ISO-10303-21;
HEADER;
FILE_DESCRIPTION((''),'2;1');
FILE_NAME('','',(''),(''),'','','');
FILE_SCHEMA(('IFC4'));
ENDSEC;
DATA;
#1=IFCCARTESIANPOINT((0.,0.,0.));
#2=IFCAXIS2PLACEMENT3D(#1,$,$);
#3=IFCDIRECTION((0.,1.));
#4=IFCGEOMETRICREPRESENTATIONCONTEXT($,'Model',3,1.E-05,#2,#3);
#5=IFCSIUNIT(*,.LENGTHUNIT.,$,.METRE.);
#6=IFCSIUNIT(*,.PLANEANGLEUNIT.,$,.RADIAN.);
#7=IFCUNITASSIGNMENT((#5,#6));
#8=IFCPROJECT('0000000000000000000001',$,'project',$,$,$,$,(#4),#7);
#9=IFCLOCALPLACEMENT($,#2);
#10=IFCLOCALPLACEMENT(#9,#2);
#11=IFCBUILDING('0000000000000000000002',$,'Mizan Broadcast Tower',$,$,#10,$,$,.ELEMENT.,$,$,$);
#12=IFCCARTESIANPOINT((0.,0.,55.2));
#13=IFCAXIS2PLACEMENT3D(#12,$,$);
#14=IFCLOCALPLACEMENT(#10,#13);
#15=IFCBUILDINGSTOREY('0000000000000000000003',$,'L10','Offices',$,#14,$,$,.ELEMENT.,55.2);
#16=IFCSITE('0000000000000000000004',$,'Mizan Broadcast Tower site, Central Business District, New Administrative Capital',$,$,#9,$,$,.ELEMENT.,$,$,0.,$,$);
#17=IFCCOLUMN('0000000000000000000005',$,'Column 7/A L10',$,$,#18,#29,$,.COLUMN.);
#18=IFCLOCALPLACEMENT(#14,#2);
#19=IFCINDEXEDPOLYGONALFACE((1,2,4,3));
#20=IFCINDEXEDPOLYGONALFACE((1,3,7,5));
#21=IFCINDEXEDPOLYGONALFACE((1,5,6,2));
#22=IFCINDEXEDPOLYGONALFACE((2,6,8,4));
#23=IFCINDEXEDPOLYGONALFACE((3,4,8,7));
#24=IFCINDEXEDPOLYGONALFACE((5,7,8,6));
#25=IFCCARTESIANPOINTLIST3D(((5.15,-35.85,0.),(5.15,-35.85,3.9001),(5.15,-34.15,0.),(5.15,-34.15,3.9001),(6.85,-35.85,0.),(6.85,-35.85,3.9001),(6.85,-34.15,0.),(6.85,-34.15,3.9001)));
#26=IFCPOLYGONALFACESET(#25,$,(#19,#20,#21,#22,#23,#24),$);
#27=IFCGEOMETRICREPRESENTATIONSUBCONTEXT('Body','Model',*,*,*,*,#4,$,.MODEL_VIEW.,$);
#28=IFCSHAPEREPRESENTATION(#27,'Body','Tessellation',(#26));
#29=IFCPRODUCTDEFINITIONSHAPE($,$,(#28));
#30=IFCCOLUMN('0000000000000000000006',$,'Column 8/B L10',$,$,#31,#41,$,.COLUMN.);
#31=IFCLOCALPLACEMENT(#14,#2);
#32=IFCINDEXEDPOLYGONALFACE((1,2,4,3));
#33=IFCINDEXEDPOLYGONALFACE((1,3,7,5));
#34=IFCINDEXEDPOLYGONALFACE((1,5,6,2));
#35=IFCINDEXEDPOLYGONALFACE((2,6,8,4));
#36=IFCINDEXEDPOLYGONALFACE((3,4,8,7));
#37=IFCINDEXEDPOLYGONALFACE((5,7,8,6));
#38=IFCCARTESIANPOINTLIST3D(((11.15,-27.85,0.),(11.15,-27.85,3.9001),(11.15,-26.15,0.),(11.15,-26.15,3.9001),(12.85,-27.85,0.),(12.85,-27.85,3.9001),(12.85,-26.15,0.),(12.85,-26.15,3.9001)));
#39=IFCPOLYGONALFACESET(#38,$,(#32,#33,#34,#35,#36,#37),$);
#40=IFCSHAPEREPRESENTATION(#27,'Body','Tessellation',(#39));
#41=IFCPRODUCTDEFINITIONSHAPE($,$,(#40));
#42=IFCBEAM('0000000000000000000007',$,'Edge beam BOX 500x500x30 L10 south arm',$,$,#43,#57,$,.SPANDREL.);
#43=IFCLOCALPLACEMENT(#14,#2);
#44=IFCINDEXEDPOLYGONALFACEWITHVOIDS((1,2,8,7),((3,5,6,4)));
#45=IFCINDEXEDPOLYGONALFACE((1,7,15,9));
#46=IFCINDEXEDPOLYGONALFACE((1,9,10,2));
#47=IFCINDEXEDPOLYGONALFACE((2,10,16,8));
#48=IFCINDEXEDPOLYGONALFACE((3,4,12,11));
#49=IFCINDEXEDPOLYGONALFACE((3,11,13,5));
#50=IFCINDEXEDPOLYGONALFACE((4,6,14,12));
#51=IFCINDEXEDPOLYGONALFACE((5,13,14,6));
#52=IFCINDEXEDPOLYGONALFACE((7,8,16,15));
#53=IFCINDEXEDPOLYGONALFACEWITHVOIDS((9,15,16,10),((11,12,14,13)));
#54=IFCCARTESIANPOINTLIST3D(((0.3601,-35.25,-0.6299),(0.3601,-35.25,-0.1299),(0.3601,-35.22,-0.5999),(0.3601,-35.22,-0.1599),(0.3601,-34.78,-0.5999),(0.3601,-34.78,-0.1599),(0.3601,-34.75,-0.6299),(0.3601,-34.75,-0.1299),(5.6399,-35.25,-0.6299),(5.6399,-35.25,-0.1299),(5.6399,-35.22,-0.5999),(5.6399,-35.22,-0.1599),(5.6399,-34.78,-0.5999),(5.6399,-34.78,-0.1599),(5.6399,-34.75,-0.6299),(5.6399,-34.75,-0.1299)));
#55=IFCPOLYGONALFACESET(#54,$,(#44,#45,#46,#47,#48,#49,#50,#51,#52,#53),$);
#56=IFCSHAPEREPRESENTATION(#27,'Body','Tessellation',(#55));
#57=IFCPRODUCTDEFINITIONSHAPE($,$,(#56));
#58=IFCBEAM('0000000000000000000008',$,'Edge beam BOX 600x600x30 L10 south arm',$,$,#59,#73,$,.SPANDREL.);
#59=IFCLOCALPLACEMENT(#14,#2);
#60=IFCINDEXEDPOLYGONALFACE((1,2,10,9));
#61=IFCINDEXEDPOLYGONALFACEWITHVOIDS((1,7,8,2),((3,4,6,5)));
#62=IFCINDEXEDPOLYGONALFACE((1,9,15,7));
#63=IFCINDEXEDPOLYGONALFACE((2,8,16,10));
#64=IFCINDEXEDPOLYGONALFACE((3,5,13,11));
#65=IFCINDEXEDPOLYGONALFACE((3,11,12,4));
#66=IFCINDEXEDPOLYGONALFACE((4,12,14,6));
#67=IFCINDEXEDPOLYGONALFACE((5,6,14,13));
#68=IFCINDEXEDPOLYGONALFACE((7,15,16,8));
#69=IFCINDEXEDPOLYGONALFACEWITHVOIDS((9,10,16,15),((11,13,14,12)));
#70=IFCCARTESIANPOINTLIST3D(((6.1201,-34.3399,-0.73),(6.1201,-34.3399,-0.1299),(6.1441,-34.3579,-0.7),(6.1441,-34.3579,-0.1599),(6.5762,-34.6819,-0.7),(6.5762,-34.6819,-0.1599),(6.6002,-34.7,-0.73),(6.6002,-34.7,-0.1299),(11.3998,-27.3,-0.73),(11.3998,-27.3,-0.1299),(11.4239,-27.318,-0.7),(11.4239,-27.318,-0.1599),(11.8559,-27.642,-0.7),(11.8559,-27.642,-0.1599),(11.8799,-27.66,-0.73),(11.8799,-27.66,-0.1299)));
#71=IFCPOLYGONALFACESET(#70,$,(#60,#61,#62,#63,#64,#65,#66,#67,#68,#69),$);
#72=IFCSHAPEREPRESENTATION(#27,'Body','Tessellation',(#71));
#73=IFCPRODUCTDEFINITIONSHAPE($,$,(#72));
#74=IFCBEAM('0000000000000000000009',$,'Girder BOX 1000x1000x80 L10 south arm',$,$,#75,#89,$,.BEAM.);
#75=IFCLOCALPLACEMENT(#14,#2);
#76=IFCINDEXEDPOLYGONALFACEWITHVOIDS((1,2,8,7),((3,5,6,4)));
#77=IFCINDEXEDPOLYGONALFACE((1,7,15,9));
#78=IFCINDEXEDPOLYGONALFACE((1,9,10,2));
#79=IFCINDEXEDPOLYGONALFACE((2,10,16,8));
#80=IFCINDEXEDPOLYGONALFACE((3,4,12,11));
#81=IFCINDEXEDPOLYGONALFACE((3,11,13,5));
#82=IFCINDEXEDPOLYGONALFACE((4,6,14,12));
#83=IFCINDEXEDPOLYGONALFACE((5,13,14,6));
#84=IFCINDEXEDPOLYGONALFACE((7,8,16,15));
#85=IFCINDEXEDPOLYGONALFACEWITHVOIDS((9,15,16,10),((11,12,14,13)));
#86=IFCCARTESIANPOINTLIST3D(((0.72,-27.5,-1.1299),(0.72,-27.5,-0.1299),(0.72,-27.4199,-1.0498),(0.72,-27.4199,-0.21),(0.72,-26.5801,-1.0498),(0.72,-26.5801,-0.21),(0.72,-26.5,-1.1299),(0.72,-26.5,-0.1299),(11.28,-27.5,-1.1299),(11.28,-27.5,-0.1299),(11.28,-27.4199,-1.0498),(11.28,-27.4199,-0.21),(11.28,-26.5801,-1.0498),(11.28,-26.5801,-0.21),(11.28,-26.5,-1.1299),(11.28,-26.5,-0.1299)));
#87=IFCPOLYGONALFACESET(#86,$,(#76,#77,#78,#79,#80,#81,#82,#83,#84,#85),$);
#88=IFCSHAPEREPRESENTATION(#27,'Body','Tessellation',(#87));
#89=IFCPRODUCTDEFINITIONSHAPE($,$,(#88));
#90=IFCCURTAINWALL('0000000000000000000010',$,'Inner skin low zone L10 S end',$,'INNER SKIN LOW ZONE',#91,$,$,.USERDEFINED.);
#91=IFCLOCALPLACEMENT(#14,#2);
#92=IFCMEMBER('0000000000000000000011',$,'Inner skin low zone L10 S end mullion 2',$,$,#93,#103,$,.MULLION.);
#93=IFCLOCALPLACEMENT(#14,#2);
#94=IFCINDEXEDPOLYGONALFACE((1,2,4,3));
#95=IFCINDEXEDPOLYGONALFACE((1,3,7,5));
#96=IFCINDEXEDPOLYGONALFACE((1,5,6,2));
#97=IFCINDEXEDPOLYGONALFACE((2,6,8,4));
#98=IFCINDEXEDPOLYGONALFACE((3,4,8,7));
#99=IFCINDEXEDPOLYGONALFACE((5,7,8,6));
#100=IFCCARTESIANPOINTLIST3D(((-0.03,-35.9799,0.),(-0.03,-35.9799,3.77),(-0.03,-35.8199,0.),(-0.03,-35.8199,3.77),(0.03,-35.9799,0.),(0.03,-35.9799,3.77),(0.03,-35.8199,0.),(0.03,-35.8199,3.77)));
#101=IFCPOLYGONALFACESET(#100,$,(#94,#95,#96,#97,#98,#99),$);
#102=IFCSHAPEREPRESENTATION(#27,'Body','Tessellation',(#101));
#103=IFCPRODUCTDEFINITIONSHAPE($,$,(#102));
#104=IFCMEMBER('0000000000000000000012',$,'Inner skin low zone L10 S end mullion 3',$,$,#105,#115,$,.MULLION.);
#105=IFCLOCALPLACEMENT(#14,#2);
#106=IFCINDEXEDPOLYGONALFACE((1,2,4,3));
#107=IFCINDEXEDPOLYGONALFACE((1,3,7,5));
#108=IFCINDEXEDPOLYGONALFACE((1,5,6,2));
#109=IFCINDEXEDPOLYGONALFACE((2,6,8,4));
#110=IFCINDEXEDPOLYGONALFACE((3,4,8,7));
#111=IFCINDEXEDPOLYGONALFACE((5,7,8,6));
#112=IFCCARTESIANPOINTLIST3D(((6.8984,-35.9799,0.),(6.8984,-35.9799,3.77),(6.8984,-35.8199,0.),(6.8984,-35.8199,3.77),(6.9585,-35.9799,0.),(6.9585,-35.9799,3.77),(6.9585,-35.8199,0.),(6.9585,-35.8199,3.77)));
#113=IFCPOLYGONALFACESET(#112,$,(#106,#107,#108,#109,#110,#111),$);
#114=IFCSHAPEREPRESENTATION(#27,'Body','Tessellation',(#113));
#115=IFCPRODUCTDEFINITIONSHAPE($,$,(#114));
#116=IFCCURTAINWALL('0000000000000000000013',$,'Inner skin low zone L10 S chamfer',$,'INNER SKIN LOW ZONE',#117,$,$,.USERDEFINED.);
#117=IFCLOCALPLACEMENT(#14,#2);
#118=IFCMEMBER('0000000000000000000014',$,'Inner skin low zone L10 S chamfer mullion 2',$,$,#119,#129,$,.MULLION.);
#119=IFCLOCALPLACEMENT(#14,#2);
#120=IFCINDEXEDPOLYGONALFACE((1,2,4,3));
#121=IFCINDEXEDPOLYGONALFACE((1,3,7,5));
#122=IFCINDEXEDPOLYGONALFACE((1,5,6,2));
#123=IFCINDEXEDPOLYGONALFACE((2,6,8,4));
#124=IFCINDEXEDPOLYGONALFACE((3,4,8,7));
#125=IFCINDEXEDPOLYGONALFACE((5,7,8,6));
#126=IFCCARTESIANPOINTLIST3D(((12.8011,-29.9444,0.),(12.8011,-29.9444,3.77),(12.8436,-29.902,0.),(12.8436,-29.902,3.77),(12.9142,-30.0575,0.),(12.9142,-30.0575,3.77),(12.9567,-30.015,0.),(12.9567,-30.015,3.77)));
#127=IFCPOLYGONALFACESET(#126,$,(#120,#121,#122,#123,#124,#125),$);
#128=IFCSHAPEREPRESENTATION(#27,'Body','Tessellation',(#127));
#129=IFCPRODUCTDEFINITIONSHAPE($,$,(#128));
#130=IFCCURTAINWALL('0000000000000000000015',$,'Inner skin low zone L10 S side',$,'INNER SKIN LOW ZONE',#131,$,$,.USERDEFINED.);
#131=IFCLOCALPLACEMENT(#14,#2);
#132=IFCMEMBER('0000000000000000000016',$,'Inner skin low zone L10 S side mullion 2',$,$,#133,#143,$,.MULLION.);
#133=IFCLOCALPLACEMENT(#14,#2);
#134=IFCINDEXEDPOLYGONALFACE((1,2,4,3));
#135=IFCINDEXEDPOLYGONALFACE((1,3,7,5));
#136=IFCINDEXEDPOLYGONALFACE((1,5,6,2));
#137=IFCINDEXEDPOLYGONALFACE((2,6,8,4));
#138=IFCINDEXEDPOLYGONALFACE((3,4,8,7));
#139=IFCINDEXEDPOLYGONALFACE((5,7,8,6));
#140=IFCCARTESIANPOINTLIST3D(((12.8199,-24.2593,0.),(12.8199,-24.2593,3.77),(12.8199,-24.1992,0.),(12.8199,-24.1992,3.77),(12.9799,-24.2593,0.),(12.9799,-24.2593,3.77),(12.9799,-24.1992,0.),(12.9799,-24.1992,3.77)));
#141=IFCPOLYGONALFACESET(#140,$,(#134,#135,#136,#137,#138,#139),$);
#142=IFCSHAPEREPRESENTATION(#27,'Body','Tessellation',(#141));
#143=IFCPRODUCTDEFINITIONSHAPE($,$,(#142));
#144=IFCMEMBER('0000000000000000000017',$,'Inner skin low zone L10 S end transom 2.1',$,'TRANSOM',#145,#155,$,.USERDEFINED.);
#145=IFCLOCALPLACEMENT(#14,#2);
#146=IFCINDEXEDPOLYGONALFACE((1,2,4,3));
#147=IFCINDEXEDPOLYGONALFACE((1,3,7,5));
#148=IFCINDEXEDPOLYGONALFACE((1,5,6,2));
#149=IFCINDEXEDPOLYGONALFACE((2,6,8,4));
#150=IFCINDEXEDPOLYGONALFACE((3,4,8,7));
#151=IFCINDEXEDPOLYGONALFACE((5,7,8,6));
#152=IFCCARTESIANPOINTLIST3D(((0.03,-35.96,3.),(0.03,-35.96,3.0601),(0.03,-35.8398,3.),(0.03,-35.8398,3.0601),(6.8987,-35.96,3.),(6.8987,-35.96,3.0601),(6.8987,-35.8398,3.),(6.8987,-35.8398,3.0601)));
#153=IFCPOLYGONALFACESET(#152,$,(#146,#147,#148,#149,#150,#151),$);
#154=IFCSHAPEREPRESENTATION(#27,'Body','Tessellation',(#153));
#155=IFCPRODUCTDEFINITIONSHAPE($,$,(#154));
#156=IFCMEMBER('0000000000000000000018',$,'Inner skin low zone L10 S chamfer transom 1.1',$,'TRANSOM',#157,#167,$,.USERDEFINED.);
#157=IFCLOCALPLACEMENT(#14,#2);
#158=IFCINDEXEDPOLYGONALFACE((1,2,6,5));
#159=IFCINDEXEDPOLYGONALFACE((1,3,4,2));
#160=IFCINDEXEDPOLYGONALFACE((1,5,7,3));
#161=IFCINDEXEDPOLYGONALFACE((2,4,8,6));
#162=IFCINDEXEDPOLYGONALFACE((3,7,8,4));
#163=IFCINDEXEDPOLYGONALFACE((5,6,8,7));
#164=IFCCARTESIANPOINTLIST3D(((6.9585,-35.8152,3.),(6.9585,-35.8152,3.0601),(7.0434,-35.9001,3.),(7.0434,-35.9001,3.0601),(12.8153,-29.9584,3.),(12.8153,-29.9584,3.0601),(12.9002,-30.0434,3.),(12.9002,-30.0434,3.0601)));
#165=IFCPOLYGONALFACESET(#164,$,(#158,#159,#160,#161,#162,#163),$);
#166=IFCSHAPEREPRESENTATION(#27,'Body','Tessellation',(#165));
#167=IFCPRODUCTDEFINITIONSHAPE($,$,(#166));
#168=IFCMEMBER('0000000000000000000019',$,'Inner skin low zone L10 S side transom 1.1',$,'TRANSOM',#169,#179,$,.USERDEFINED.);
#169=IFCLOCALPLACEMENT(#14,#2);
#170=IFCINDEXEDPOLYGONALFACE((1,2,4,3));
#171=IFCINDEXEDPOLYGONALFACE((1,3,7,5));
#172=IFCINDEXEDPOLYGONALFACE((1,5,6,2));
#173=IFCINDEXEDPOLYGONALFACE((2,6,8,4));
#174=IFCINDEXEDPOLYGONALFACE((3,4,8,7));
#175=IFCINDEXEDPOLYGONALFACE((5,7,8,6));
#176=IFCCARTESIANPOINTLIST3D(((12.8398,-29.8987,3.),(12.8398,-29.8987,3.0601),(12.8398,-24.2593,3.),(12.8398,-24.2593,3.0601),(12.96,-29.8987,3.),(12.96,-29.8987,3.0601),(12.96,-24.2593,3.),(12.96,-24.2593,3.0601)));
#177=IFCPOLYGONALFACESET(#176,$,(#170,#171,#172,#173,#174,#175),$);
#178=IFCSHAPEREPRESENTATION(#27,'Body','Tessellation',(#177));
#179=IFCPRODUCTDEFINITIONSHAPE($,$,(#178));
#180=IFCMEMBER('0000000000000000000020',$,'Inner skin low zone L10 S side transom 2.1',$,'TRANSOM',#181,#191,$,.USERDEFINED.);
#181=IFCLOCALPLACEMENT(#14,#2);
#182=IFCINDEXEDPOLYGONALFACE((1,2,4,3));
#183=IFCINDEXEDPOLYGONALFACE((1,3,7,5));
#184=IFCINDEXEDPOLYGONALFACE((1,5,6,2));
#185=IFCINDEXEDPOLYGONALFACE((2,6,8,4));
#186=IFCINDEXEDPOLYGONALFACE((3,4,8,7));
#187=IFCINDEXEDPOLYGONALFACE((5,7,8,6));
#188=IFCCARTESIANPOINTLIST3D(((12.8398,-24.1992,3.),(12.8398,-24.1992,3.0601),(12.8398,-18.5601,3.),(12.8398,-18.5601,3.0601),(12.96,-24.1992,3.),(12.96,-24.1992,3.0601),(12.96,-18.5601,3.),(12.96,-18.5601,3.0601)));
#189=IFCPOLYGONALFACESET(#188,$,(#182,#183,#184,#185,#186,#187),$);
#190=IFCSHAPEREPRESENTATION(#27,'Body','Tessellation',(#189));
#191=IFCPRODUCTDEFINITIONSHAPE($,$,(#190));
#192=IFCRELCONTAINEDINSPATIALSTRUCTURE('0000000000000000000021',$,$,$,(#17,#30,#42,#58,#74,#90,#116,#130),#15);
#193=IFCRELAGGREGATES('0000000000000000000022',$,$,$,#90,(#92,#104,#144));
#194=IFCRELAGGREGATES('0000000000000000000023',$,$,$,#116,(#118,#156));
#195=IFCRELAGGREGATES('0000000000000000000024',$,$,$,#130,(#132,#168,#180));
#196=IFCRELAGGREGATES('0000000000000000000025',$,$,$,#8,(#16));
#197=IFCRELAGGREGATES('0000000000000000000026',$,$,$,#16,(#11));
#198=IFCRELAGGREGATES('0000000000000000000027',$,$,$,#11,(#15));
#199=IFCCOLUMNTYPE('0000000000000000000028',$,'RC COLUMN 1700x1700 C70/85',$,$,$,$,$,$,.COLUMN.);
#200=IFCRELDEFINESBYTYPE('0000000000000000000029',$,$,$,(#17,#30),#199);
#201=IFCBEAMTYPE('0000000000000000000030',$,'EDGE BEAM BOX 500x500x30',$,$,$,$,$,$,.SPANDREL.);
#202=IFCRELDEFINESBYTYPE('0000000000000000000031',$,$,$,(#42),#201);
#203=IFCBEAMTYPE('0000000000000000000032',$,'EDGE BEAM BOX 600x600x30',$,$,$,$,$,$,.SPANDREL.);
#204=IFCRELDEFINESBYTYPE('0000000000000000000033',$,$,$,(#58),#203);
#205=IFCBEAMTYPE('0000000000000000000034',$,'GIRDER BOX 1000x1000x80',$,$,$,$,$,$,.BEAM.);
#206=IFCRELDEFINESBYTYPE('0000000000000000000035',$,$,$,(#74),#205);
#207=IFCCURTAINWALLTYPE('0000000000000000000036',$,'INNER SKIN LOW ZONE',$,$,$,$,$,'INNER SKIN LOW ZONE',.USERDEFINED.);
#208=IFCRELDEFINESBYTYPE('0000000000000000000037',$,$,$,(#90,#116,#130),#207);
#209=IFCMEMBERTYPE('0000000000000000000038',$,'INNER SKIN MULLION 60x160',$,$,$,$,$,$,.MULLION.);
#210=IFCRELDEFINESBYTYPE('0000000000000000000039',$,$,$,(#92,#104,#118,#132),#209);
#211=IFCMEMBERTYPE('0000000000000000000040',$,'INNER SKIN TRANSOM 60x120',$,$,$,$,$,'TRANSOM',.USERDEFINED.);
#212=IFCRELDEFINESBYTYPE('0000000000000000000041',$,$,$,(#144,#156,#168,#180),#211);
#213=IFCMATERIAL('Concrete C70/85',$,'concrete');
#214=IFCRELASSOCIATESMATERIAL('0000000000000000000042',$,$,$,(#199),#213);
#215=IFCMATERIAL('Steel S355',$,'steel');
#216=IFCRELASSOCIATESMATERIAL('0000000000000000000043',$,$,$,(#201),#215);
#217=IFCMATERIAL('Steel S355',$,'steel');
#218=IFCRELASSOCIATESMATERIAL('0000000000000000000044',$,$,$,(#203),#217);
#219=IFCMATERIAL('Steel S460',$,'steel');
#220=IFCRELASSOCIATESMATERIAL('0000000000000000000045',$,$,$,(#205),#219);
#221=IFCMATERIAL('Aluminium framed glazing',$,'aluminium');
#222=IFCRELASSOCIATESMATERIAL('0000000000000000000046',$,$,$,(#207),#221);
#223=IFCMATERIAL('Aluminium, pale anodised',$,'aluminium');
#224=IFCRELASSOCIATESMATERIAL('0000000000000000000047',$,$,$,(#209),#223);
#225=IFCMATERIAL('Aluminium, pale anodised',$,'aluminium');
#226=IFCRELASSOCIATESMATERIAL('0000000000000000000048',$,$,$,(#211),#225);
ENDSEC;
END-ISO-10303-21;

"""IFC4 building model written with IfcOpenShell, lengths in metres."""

from ifc_helpers import new_model, si_unit, direction, frame, origin, origin_2d, place, context, subcontext, project, spatial, rectangle, hollow_rectangle, extrude, material, material_profile, profile_set, type_object, element, aggregate, save


model = new_model("IFC4")

# Units and contexts
model_context = context("Model", 3, precision=1e-05, world=origin(), true_north=direction((0.0, 1.0)))
body_context = subcontext(model_context, "Body", "Model", "MODEL_VIEW")
ifc_project = project(units=[si_unit("LENGTHUNIT", "METRE"), si_unit("PLANEANGLEUNIT", "RADIAN")], contexts=[model_context])

# Site, building, storey
site_placement = place(None, origin())
site = spatial("IfcSite", under=ifc_project, at=site_placement, Name="Mizan Broadcast Tower site, Central Business District, New Administrative Capital", CompositionType="ELEMENT", RefElevation=0.0)
building_placement = place(site_placement, origin())
building = spatial("IfcBuilding", under=site, at=building_placement, Name="Mizan Broadcast Tower", CompositionType="ELEMENT")
storey_placement = place(building_placement, frame((0.0, 0.0, 55.2)))
storey = spatial("IfcBuildingStorey", under=building, at=storey_placement, Name="L10", Description="Offices", CompositionType="ELEMENT", Elevation=55.2)

# Columns
ifc_material_1 = material(Name="Concrete C70/85", Category="concrete")
ifc_material_profile_1 = material_profile(ifc_material_1, rectangle(XDim=1.7, YDim=1.7, at=origin_2d()), Name="RC 1700x1700")
ifc_profile_set_1 = profile_set([ifc_material_profile_1], Name="Concrete C70/85")
column_type = type_object("IfcColumnType", Name="RC COLUMN 1700x1700 C70/85", PredefinedType="COLUMN", material=ifc_profile_set_1)
for number, where, z_axis, x_axis, name in (
    (1, (6.0, -35.0, 0.0), (0.0, 0.0, 1.0), (1.0, 0.0, 0.0), "Column 7/A L10"),
    (2, (12.0, -27.0, 0.0), (0.0, 0.0, 1.0), (1.0, 0.0, 0.0), "Column 8/B L10"),
):
    element("IfcColumn", number, at=place(storey_placement, frame(where, z_axis=z_axis, x_axis=x_axis)), inside=storey, type_object=column_type, Name=name, PredefinedType="COLUMN", context=body_context, shape_type="SweptSolid", body=[
        extrude(rectangle(XDim=1.7, YDim=1.7, at=origin_2d()), origin(), (0.0, 0.0, 1.0), 3.9001),
    ])

# Beams
ifc_material_2 = material(Name="Steel S355", Category="steel")
ifc_material_profile_2 = material_profile(ifc_material_2, hollow_rectangle(XDim=0.5, YDim=0.5, WallThickness=0.03, at=origin_2d()), Name="BOX 500x500x30")
ifc_profile_set_2 = profile_set([ifc_material_profile_2], Name="Steel S355")
beam_type_1 = type_object("IfcBeamType", Name="EDGE BEAM BOX 500x500x30", PredefinedType="SPANDREL", material=ifc_profile_set_2)
beam_1_placement = place(storey_placement, frame((5.6399, -35.0, -0.3799), z_axis=(-1.0, 0.0, 0.0), x_axis=(0.0, -1.0, 0.0)))
element("IfcBeam", 3, at=beam_1_placement, inside=storey, type_object=beam_type_1, Name="Edge beam BOX 500x500x30 L10 south arm", PredefinedType="SPANDREL", context=body_context, shape_type="SweptSolid", body=[
    extrude(hollow_rectangle(XDim=0.5, YDim=0.5, WallThickness=0.03, at=origin_2d()), origin(), (0.0, 0.0, 1.0), 5.2798),
])
ifc_material_3 = material(Name="Steel S355", Category="steel")
ifc_material_profile_3 = material_profile(ifc_material_3, hollow_rectangle(XDim=0.6001, YDim=0.6001, WallThickness=0.03, at=origin_2d()), Name="BOX 600x600x30")
ifc_profile_set_3 = profile_set([ifc_material_profile_3], Name="Steel S355")
beam_type_2 = type_object("IfcBeamType", Name="EDGE BEAM BOX 600x600x30", PredefinedType="SPANDREL", material=ifc_profile_set_3)
beam_2_placement = place(storey_placement, frame((11.6399, -27.48, -0.4299), z_axis=(-0.599982, -0.800013, 0.0), x_axis=(0.800013, -0.599982, 0.0)))
element("IfcBeam", 4, at=beam_2_placement, inside=storey, type_object=beam_type_2, Name="Edge beam BOX 600x600x30 L10 south arm", PredefinedType="SPANDREL", context=body_context, shape_type="SweptSolid", body=[
    extrude(hollow_rectangle(XDim=0.6001, YDim=0.6001, WallThickness=0.03, at=origin_2d()), origin(), (0.0, 0.0, 1.0), 8.7998),
])
ifc_material_4 = material(Name="Steel S460", Category="steel")
ifc_material_profile_4 = material_profile(ifc_material_4, hollow_rectangle(XDim=1.0, YDim=1.0, WallThickness=0.0801, at=origin_2d()), Name="BOX 1000x1000x80")
ifc_profile_set_4 = profile_set([ifc_material_profile_4], Name="Steel S460")
beam_type_3 = type_object("IfcBeamType", Name="GIRDER BOX 1000x1000x80", PredefinedType="BEAM", material=ifc_profile_set_4)
beam_3_placement = place(storey_placement, frame((11.28, -27.0, -0.6299), z_axis=(-1.0, 0.0, 0.0), x_axis=(0.0, -1.0, 0.0)))
element("IfcBeam", 5, at=beam_3_placement, inside=storey, type_object=beam_type_3, Name="Girder BOX 1000x1000x80 L10 south arm", PredefinedType="BEAM", context=body_context, shape_type="SweptSolid", body=[
    extrude(hollow_rectangle(XDim=1.0, YDim=1.0, WallThickness=0.0801, at=origin_2d()), origin(), (0.0, 0.0, 1.0), 10.5601),
])

# Curtain wall, members
ifc_material_5 = material(Name="Aluminium framed glazing", Category="aluminium")
curtain_wall_type_1 = type_object("IfcCurtainWallType", Name="INNER SKIN LOW ZONE", ElementType="INNER SKIN LOW ZONE", PredefinedType="USERDEFINED", material=ifc_material_5)
curtain_wall_1_placement = place(storey_placement, origin())
curtain_wall_1 = element("IfcCurtainWall", 6, at=curtain_wall_1_placement, inside=storey, type_object=curtain_wall_type_1, Name="Inner skin low zone L10 S end", ObjectType="INNER SKIN LOW ZONE", PredefinedType="USERDEFINED")
ifc_material_6 = material(Name="Aluminium, pale anodised", Category="aluminium")
ifc_material_profile_5 = material_profile(ifc_material_6, rectangle(XDim=0.1599, YDim=0.0601, at=origin_2d()), Name="MULLION 160x60")
ifc_profile_set_5 = profile_set([ifc_material_profile_5], Name="Aluminium, pale anodised")
member_type_1 = type_object("IfcMemberType", Name="INNER SKIN MULLION 60x160", PredefinedType="MULLION", material=ifc_profile_set_5)
member_1_placement = place(storey_placement, frame((0.0, -35.8999, 0.0), z_axis=(0.0, 0.0, 1.0), x_axis=(0.0, 1.0, 0.0)))
member_1 = element("IfcMember", 7, at=member_1_placement, type_object=member_type_1, Name="Inner skin low zone L10 S end mullion 2", PredefinedType="MULLION", context=body_context, shape_type="SweptSolid", body=[
    extrude(rectangle(XDim=0.1599, YDim=0.0601, at=origin_2d()), origin(), (0.0, 0.0, 1.0), 3.77),
])
member_2_placement = place(storey_placement, frame((6.9285, -35.8999, 0.0), z_axis=(0.0, 0.0, 1.0), x_axis=(0.0, 1.0, 0.0)))
member_2 = element("IfcMember", 8, at=member_2_placement, type_object=member_type_1, Name="Inner skin low zone L10 S end mullion 3", PredefinedType="MULLION", context=body_context, shape_type="SweptSolid", body=[
    extrude(rectangle(XDim=0.1599, YDim=0.0601, at=origin_2d()), origin(), (0.0, 0.0, 1.0), 3.77),
])

# Curtain walls, members
curtain_wall_2_placement = place(storey_placement, origin())
curtain_wall_2 = element("IfcCurtainWall", 9, at=curtain_wall_2_placement, inside=storey, type_object=curtain_wall_type_1, Name="Inner skin low zone L10 S chamfer", ObjectType="INNER SKIN LOW ZONE", PredefinedType="USERDEFINED")
member_3_placement = place(storey_placement, frame((12.8789, -29.9797, 0.0), z_axis=(0.0, 0.0, 1.0), x_axis=(-0.707107, 0.707107, 0.0)))
member_3 = element("IfcMember", 10, at=member_3_placement, type_object=member_type_1, Name="Inner skin low zone L10 S chamfer mullion 2", PredefinedType="MULLION", context=body_context, shape_type="SweptSolid", body=[
    extrude(rectangle(XDim=0.1599, YDim=0.0601, at=origin_2d()), origin(), (0.0, 0.0, 1.0), 3.77),
])
curtain_wall_3_placement = place(storey_placement, origin())
curtain_wall_3 = element("IfcCurtainWall", 11, at=curtain_wall_3_placement, inside=storey, type_object=curtain_wall_type_1, Name="Inner skin low zone L10 S side", ObjectType="INNER SKIN LOW ZONE", PredefinedType="USERDEFINED")
member_4_placement = place(storey_placement, frame((12.8999, -24.2292, 0.0), z_axis=(0.0, 0.0, 1.0), x_axis=(-1.0, 0.0, 0.0)))
member_4 = element("IfcMember", 12, at=member_4_placement, type_object=member_type_1, Name="Inner skin low zone L10 S side mullion 2", PredefinedType="MULLION", context=body_context, shape_type="SweptSolid", body=[
    extrude(rectangle(XDim=0.1599, YDim=0.0601, at=origin_2d()), origin(), (0.0, 0.0, 1.0), 3.77),
])

# Members
ifc_material_7 = material(Name="Aluminium, pale anodised", Category="aluminium")
ifc_material_profile_6 = material_profile(ifc_material_7, rectangle(XDim=0.1201, YDim=0.0601, at=origin_2d()), Name="TRANSOM 120x60")
ifc_profile_set_6 = profile_set([ifc_material_profile_6], Name="Aluminium, pale anodised")
member_type_2 = type_object("IfcMemberType", Name="INNER SKIN TRANSOM 60x120", ElementType="TRANSOM", PredefinedType="USERDEFINED", material=ifc_profile_set_6)
member_5_placement = place(storey_placement, frame((0.03, -35.8999, 3.03), z_axis=(1.0, 0.0, 0.0), x_axis=(0.0, 1.0, 0.0)))
member_5 = element("IfcMember", 13, at=member_5_placement, type_object=member_type_2, Name="Inner skin low zone L10 S end transom 2.1", ObjectType="TRANSOM", PredefinedType="USERDEFINED", context=body_context, shape_type="SweptSolid", body=[
    extrude(rectangle(XDim=0.1201, YDim=0.0601, at=origin_2d()), origin(), (0.0, 0.0, 1.0), 6.8687),
])
member_6_placement = place(storey_placement, frame((7.001, -35.8577, 3.03), z_axis=(0.707107, 0.707107, 0.0), x_axis=(-0.707107, 0.707107, 0.0)))
member_6 = element("IfcMember", 14, at=member_6_placement, type_object=member_type_2, Name="Inner skin low zone L10 S chamfer transom 1.1", ObjectType="TRANSOM", PredefinedType="USERDEFINED", context=body_context, shape_type="SweptSolid", body=[
    extrude(rectangle(XDim=0.1201, YDim=0.0601, at=origin_2d()), origin(), (0.0, 0.0, 1.0), 8.2827),
])
member_7_placement = place(storey_placement, frame((12.8999, -29.8987, 3.03), z_axis=(0.0, 1.0, 0.0), x_axis=(-1.0, 0.0, 0.0)))
member_7 = element("IfcMember", 15, at=member_7_placement, type_object=member_type_2, Name="Inner skin low zone L10 S side transom 1.1", ObjectType="TRANSOM", PredefinedType="USERDEFINED", context=body_context, shape_type="SweptSolid", body=[
    extrude(rectangle(XDim=0.1201, YDim=0.0601, at=origin_2d()), origin(), (0.0, 0.0, 1.0), 5.6394),
])
member_8_placement = place(storey_placement, frame((12.8999, -24.1992, 3.03), z_axis=(0.0, 1.0, 0.0), x_axis=(-1.0, 0.0, 0.0)))
member_8 = element("IfcMember", 16, at=member_8_placement, type_object=member_type_2, Name="Inner skin low zone L10 S side transom 2.1", ObjectType="TRANSOM", PredefinedType="USERDEFINED", context=body_context, shape_type="SweptSolid", body=[
    extrude(rectangle(XDim=0.1201, YDim=0.0601, at=origin_2d()), origin(), (0.0, 0.0, 1.0), 5.6392),
])

aggregate(curtain_wall_1, [member_1, member_2, member_5])
aggregate(curtain_wall_2, [member_3, member_6])
aggregate(curtain_wall_3, [member_4, member_7, member_8])

save(model, "model.ifc")
